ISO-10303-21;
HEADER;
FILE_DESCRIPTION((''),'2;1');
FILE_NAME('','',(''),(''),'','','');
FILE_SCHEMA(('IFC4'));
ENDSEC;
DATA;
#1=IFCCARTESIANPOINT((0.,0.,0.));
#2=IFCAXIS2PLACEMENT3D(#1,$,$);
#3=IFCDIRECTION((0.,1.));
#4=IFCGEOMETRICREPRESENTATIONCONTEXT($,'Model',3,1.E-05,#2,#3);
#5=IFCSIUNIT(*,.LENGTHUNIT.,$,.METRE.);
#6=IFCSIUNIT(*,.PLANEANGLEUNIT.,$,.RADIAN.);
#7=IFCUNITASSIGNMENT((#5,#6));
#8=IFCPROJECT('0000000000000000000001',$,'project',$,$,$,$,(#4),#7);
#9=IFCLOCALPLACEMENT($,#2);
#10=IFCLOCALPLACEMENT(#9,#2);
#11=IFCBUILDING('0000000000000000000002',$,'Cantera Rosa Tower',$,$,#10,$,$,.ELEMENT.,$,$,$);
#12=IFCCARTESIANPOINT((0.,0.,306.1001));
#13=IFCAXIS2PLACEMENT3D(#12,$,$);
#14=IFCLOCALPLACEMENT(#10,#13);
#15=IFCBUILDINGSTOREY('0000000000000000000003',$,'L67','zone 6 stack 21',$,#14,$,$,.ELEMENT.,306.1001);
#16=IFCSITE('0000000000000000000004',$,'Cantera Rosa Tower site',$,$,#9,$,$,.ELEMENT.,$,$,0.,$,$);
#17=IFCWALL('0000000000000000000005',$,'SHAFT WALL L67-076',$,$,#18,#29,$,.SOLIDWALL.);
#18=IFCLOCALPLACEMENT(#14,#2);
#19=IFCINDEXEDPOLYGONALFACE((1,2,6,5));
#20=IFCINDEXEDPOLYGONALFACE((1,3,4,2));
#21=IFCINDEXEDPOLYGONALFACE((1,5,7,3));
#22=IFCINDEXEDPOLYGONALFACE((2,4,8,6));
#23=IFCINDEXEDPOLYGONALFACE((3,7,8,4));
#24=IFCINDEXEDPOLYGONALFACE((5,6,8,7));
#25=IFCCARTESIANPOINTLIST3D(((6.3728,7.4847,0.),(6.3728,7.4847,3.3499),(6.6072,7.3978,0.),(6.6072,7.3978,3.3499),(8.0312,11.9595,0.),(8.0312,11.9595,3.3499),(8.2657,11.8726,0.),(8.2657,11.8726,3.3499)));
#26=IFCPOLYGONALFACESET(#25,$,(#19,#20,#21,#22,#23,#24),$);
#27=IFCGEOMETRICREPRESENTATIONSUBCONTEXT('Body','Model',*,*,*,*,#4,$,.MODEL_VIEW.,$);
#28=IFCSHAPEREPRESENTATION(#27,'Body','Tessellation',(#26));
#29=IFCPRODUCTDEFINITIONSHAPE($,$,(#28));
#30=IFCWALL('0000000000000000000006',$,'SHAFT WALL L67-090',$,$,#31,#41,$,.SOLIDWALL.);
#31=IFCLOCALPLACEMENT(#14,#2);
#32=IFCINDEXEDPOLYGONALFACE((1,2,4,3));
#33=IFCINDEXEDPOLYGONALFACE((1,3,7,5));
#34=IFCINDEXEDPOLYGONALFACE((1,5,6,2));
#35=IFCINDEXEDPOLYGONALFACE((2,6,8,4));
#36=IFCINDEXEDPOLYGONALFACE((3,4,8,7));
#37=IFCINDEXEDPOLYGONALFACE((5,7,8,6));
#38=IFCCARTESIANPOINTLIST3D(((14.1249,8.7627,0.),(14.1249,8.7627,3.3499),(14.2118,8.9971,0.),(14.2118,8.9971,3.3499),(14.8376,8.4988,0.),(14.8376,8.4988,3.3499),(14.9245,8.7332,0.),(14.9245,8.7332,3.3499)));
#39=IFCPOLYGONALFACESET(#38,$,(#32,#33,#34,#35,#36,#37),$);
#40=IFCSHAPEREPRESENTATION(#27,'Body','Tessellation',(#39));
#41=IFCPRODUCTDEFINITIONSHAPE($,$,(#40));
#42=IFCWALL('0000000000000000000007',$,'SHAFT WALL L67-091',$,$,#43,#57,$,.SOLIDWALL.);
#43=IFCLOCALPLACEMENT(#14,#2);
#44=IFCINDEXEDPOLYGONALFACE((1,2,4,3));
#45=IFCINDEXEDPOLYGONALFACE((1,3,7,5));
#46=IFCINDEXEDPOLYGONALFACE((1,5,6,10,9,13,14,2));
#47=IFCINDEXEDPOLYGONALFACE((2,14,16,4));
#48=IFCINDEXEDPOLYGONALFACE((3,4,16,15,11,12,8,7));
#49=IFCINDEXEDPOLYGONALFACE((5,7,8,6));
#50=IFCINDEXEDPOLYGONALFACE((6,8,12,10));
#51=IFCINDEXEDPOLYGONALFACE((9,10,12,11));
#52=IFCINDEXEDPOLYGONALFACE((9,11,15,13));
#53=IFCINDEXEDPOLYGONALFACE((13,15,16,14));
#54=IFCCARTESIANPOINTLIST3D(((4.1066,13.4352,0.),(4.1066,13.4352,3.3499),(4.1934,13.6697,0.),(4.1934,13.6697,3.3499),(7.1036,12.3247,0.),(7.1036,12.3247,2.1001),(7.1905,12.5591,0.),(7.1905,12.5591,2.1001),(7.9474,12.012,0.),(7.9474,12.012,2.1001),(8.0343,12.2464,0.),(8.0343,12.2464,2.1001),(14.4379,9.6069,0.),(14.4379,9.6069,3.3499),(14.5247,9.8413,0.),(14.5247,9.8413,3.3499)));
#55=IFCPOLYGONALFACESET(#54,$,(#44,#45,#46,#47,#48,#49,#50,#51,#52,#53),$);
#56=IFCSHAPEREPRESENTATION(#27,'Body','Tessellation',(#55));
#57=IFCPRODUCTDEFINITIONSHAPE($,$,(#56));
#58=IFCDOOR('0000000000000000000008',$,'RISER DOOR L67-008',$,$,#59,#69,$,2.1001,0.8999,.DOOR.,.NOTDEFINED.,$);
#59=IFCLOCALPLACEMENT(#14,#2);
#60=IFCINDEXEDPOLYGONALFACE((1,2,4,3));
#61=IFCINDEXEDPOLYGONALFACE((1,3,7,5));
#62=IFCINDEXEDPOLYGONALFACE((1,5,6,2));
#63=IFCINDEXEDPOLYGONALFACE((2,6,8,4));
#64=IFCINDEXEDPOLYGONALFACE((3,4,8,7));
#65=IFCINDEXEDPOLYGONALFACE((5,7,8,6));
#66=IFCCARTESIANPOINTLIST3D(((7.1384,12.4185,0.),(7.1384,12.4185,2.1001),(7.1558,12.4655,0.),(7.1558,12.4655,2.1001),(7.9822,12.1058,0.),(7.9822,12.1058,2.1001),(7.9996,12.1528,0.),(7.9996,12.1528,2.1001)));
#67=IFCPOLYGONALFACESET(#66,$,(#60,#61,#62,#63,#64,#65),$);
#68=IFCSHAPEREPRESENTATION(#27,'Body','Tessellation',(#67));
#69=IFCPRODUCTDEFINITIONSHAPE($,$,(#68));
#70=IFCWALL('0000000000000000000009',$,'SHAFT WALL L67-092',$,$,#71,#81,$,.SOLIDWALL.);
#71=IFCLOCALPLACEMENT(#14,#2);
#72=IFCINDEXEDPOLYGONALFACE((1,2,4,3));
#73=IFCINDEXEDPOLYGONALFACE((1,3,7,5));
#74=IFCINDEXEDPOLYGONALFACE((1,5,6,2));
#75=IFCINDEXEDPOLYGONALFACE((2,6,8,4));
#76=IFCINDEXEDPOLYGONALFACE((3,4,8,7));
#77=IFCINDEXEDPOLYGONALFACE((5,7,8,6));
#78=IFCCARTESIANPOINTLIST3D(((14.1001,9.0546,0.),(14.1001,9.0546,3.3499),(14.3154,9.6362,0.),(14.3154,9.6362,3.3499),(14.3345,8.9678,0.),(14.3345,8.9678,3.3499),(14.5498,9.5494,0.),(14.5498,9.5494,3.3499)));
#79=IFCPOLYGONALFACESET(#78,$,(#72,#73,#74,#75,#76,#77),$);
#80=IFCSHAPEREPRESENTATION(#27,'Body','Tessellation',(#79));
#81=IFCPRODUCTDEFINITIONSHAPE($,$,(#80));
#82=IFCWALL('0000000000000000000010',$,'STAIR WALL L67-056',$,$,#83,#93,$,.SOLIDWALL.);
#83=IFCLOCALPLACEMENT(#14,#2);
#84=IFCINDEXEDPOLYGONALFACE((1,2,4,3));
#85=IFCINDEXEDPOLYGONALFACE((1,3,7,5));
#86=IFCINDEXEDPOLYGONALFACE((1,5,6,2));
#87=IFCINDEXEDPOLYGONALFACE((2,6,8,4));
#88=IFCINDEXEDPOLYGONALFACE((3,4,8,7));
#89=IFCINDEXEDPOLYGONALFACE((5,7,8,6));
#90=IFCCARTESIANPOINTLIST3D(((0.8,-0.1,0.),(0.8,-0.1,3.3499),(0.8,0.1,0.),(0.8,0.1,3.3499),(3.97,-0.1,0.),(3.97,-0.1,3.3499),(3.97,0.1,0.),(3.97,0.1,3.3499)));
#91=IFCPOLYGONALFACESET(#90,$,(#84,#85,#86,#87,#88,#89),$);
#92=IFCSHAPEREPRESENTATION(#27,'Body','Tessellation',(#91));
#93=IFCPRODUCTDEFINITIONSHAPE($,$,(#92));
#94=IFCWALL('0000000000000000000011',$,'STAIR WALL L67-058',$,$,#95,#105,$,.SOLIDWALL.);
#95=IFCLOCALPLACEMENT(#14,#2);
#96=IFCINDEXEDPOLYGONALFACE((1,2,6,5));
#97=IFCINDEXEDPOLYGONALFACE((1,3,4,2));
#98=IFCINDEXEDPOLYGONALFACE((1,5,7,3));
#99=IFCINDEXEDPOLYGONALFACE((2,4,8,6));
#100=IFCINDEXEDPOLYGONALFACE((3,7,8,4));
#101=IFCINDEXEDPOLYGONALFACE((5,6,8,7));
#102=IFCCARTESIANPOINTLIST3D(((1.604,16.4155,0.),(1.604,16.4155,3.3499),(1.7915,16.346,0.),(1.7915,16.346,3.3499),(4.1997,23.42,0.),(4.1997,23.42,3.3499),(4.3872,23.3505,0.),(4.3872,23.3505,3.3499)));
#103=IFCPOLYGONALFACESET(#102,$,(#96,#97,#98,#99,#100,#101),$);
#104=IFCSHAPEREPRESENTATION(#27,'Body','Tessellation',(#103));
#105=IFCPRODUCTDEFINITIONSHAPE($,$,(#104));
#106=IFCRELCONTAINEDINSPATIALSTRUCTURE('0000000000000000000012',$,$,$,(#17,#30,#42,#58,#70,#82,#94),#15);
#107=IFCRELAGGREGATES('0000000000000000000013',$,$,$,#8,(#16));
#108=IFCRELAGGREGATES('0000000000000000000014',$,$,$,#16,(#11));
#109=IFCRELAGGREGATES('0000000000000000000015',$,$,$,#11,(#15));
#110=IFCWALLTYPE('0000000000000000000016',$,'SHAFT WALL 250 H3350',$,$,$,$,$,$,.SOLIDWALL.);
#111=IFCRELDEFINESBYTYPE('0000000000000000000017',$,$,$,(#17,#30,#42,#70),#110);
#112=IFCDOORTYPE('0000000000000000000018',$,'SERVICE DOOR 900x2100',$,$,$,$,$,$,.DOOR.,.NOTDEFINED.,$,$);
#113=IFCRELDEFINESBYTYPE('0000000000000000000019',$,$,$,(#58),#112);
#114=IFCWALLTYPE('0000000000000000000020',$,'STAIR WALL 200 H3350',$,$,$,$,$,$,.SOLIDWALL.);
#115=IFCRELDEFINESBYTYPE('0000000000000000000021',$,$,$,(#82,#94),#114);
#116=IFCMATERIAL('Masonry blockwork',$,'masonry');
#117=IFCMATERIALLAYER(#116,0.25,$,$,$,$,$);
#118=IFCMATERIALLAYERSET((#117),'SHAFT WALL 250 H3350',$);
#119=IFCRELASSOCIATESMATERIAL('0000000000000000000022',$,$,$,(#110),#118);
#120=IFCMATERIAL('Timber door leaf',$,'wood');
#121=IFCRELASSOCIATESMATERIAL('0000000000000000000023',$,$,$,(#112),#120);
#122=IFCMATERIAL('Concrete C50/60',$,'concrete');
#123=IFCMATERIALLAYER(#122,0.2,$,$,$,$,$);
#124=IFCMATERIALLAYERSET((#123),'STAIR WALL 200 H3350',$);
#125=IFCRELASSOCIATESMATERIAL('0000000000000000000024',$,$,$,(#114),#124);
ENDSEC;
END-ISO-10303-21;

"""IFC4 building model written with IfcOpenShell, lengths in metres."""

from ifc_helpers import new_model, si_unit, direction, frame, frame_2d, origin, place, context, subcontext, project, spatial, rectangle, extrude, material, layer, layer_set, type_object, element, fill, save


model = new_model("IFC4")

# Units and contexts
model_context = context("Model", 3, precision=1e-05, world=origin(), true_north=direction((0.0, 1.0)))
body_context = subcontext(model_context, "Body", "Model", "MODEL_VIEW")
ifc_project = project(units=[si_unit("LENGTHUNIT", "METRE"), si_unit("PLANEANGLEUNIT", "RADIAN")], contexts=[model_context])

# Site, building, storey
site_placement = place(None, origin())
site = spatial("IfcSite", under=ifc_project, at=site_placement, Name="Cantera Rosa Tower site", CompositionType="ELEMENT", RefElevation=0.0)
building_placement = place(site_placement, origin())
building = spatial("IfcBuilding", under=site, at=building_placement, Name="Cantera Rosa Tower", CompositionType="ELEMENT")
storey_placement = place(building_placement, frame((0.0, 0.0, 306.1001)))
storey = spatial("IfcBuildingStorey", under=building, at=storey_placement, Name="L67", Description="zone 6 stack 21", CompositionType="ELEMENT", Elevation=306.1001)

# Walls
ifc_material_1 = material(Name="Masonry blockwork", Category="masonry")
ifc_layer_1 = layer(ifc_material_1, 0.25)
ifc_layer_set_1 = layer_set([ifc_layer_1], Name="SHAFT WALL 250 H3350")
wall_type_1 = type_object("IfcWallType", Name="SHAFT WALL 250 H3350", PredefinedType="SOLIDWALL", material=ifc_layer_set_1)
wall_1_placement = place(storey_placement, frame((6.49, 7.4412, 0.0), z_axis=(0.0, 0.0, 1.0), x_axis=(0.347516, 0.937674, 0.0)))
element("IfcWall", 1, at=wall_1_placement, inside=storey, type_object=wall_type_1, Name="SHAFT WALL L67-076", PredefinedType="SOLIDWALL", context=body_context, shape_type="SweptSolid", body=[
    extrude(rectangle(XDim=4.7722, YDim=0.25, at=frame_2d((2.3862, 0.0))), origin(), (0.0, 0.0, 1.0), 3.3499),
])
wall_2_placement = place(storey_placement, frame((14.1685, 8.8799, 0.0), z_axis=(0.0, 0.0, 1.0), x_axis=(0.93776, -0.347283, 0.0)))
element("IfcWall", 2, at=wall_2_placement, inside=storey, type_object=wall_type_1, Name="SHAFT WALL L67-090", PredefinedType="SOLIDWALL", context=body_context, shape_type="SweptSolid", body=[
    extrude(rectangle(XDim=0.76, YDim=0.25, at=frame_2d((0.3799, 0.0))), origin(), (0.0, 0.0, 1.0), 3.3499),
])

# Wall, opening, door
wall_3_placement = place(storey_placement, frame((14.4812, 9.7241, 0.0), z_axis=(0.0, 0.0, 1.0), x_axis=(-0.937691, 0.347471, 0.0)))
wall_3 = element("IfcWall", 3, at=wall_3_placement, inside=storey, type_object=wall_type_1, Name="SHAFT WALL L67-091", PredefinedType="SOLIDWALL", context=body_context, shape_type="SweptSolid", body=[
    extrude(rectangle(XDim=11.0178, YDim=0.25, at=frame_2d((5.5088, 0.0))), origin(), (0.0, 0.0, 1.0), 3.3499),
])
opening_1_placement = place(wall_3_placement, frame((6.9216, 0.0, 0.0)))
opening_1 = element("IfcOpeningElement", 4, at=opening_1_placement, cuts=wall_3, PredefinedType="OPENING", context=body_context, shape_type="SweptSolid", body=[
    extrude(rectangle(XDim=0.8999, YDim=2.1001, at=frame_2d((0.45, 1.05))), frame((0.0, 0.135, 0.0), z_axis=(0.0, -1.0, 0.0), x_axis=(1.0, 0.0, 0.0)), (0.0, 0.0, 1.0), 0.27),
])
ifc_material_2 = material(Name="Timber door leaf", Category="wood")
door_type_1 = type_object("IfcDoorType", Name="SERVICE DOOR 900x2100", OperationType="NOTDEFINED", PredefinedType="DOOR", material=ifc_material_2)
door_1_placement = place(opening_1_placement, origin())
door_1 = element("IfcDoor", 5, at=door_1_placement, inside=storey, type_object=door_type_1, Name="RISER DOOR L67-008", OperationType="NOTDEFINED", OverallHeight=2.1001, OverallWidth=0.8999, PredefinedType="DOOR", context=body_context, shape_type="SweptSolid", body=[
    extrude(rectangle(XDim=0.8999, YDim=2.1001, at=frame_2d((0.45, 1.05))), frame((0.0, 0.0249, 0.0), z_axis=(0.0, -1.0, 0.0), x_axis=(1.0, 0.0, 0.0)), (0.0, 0.0, 1.0), 0.05),
])
fill(opening_1, door_1)

# Walls
wall_4_placement = place(storey_placement, frame((14.4326, 9.5928, 0.0), z_axis=(0.0, 0.0, 1.0), x_axis=(-0.347237, -0.937777, 0.0)))
element("IfcWall", 6, at=wall_4_placement, inside=storey, type_object=wall_type_1, Name="SHAFT WALL L67-092", PredefinedType="SOLIDWALL", context=body_context, shape_type="SweptSolid", body=[
    extrude(rectangle(XDim=0.6201, YDim=0.25, at=frame_2d((0.3101, 0.0))), origin(), (0.0, 0.0, 1.0), 3.3499),
])
ifc_material_3 = material(Name="Concrete C50/60", Category="concrete")
ifc_layer_2 = layer(ifc_material_3, 0.2)
ifc_layer_set_2 = layer_set([ifc_layer_2], Name="STAIR WALL 200 H3350")
wall_type_2 = type_object("IfcWallType", Name="STAIR WALL 200 H3350", PredefinedType="SOLIDWALL", material=ifc_layer_set_2)
wall_5_placement = place(storey_placement, frame((0.8, 0.0, 0.0), z_axis=(0.0, 0.0, 1.0), x_axis=(1.0, 0.0, 0.0)))
element("IfcWall", 7, at=wall_5_placement, inside=storey, type_object=wall_type_2, Name="STAIR WALL L67-056", PredefinedType="SOLIDWALL", context=body_context, shape_type="SweptSolid", body=[
    extrude(rectangle(XDim=3.1699, YDim=0.2, at=frame_2d((1.585, 0.0))), origin(), (0.0, 0.0, 1.0), 3.3499),
])
wall_6_placement = place(storey_placement, frame((1.6978, 16.3809, 0.0), z_axis=(0.0, 0.0, 1.0), x_axis=(0.347489, 0.937684, 0.0)))
element("IfcWall", 8, at=wall_6_placement, inside=storey, type_object=wall_type_2, Name="STAIR WALL L67-058", PredefinedType="SOLIDWALL", context=body_context, shape_type="SweptSolid", body=[
    extrude(rectangle(XDim=7.47, YDim=0.2, at=frame_2d((3.7349, 0.0))), origin(), (0.0, 0.0, 1.0), 3.3499),
])

save(model, "model.ifc")
